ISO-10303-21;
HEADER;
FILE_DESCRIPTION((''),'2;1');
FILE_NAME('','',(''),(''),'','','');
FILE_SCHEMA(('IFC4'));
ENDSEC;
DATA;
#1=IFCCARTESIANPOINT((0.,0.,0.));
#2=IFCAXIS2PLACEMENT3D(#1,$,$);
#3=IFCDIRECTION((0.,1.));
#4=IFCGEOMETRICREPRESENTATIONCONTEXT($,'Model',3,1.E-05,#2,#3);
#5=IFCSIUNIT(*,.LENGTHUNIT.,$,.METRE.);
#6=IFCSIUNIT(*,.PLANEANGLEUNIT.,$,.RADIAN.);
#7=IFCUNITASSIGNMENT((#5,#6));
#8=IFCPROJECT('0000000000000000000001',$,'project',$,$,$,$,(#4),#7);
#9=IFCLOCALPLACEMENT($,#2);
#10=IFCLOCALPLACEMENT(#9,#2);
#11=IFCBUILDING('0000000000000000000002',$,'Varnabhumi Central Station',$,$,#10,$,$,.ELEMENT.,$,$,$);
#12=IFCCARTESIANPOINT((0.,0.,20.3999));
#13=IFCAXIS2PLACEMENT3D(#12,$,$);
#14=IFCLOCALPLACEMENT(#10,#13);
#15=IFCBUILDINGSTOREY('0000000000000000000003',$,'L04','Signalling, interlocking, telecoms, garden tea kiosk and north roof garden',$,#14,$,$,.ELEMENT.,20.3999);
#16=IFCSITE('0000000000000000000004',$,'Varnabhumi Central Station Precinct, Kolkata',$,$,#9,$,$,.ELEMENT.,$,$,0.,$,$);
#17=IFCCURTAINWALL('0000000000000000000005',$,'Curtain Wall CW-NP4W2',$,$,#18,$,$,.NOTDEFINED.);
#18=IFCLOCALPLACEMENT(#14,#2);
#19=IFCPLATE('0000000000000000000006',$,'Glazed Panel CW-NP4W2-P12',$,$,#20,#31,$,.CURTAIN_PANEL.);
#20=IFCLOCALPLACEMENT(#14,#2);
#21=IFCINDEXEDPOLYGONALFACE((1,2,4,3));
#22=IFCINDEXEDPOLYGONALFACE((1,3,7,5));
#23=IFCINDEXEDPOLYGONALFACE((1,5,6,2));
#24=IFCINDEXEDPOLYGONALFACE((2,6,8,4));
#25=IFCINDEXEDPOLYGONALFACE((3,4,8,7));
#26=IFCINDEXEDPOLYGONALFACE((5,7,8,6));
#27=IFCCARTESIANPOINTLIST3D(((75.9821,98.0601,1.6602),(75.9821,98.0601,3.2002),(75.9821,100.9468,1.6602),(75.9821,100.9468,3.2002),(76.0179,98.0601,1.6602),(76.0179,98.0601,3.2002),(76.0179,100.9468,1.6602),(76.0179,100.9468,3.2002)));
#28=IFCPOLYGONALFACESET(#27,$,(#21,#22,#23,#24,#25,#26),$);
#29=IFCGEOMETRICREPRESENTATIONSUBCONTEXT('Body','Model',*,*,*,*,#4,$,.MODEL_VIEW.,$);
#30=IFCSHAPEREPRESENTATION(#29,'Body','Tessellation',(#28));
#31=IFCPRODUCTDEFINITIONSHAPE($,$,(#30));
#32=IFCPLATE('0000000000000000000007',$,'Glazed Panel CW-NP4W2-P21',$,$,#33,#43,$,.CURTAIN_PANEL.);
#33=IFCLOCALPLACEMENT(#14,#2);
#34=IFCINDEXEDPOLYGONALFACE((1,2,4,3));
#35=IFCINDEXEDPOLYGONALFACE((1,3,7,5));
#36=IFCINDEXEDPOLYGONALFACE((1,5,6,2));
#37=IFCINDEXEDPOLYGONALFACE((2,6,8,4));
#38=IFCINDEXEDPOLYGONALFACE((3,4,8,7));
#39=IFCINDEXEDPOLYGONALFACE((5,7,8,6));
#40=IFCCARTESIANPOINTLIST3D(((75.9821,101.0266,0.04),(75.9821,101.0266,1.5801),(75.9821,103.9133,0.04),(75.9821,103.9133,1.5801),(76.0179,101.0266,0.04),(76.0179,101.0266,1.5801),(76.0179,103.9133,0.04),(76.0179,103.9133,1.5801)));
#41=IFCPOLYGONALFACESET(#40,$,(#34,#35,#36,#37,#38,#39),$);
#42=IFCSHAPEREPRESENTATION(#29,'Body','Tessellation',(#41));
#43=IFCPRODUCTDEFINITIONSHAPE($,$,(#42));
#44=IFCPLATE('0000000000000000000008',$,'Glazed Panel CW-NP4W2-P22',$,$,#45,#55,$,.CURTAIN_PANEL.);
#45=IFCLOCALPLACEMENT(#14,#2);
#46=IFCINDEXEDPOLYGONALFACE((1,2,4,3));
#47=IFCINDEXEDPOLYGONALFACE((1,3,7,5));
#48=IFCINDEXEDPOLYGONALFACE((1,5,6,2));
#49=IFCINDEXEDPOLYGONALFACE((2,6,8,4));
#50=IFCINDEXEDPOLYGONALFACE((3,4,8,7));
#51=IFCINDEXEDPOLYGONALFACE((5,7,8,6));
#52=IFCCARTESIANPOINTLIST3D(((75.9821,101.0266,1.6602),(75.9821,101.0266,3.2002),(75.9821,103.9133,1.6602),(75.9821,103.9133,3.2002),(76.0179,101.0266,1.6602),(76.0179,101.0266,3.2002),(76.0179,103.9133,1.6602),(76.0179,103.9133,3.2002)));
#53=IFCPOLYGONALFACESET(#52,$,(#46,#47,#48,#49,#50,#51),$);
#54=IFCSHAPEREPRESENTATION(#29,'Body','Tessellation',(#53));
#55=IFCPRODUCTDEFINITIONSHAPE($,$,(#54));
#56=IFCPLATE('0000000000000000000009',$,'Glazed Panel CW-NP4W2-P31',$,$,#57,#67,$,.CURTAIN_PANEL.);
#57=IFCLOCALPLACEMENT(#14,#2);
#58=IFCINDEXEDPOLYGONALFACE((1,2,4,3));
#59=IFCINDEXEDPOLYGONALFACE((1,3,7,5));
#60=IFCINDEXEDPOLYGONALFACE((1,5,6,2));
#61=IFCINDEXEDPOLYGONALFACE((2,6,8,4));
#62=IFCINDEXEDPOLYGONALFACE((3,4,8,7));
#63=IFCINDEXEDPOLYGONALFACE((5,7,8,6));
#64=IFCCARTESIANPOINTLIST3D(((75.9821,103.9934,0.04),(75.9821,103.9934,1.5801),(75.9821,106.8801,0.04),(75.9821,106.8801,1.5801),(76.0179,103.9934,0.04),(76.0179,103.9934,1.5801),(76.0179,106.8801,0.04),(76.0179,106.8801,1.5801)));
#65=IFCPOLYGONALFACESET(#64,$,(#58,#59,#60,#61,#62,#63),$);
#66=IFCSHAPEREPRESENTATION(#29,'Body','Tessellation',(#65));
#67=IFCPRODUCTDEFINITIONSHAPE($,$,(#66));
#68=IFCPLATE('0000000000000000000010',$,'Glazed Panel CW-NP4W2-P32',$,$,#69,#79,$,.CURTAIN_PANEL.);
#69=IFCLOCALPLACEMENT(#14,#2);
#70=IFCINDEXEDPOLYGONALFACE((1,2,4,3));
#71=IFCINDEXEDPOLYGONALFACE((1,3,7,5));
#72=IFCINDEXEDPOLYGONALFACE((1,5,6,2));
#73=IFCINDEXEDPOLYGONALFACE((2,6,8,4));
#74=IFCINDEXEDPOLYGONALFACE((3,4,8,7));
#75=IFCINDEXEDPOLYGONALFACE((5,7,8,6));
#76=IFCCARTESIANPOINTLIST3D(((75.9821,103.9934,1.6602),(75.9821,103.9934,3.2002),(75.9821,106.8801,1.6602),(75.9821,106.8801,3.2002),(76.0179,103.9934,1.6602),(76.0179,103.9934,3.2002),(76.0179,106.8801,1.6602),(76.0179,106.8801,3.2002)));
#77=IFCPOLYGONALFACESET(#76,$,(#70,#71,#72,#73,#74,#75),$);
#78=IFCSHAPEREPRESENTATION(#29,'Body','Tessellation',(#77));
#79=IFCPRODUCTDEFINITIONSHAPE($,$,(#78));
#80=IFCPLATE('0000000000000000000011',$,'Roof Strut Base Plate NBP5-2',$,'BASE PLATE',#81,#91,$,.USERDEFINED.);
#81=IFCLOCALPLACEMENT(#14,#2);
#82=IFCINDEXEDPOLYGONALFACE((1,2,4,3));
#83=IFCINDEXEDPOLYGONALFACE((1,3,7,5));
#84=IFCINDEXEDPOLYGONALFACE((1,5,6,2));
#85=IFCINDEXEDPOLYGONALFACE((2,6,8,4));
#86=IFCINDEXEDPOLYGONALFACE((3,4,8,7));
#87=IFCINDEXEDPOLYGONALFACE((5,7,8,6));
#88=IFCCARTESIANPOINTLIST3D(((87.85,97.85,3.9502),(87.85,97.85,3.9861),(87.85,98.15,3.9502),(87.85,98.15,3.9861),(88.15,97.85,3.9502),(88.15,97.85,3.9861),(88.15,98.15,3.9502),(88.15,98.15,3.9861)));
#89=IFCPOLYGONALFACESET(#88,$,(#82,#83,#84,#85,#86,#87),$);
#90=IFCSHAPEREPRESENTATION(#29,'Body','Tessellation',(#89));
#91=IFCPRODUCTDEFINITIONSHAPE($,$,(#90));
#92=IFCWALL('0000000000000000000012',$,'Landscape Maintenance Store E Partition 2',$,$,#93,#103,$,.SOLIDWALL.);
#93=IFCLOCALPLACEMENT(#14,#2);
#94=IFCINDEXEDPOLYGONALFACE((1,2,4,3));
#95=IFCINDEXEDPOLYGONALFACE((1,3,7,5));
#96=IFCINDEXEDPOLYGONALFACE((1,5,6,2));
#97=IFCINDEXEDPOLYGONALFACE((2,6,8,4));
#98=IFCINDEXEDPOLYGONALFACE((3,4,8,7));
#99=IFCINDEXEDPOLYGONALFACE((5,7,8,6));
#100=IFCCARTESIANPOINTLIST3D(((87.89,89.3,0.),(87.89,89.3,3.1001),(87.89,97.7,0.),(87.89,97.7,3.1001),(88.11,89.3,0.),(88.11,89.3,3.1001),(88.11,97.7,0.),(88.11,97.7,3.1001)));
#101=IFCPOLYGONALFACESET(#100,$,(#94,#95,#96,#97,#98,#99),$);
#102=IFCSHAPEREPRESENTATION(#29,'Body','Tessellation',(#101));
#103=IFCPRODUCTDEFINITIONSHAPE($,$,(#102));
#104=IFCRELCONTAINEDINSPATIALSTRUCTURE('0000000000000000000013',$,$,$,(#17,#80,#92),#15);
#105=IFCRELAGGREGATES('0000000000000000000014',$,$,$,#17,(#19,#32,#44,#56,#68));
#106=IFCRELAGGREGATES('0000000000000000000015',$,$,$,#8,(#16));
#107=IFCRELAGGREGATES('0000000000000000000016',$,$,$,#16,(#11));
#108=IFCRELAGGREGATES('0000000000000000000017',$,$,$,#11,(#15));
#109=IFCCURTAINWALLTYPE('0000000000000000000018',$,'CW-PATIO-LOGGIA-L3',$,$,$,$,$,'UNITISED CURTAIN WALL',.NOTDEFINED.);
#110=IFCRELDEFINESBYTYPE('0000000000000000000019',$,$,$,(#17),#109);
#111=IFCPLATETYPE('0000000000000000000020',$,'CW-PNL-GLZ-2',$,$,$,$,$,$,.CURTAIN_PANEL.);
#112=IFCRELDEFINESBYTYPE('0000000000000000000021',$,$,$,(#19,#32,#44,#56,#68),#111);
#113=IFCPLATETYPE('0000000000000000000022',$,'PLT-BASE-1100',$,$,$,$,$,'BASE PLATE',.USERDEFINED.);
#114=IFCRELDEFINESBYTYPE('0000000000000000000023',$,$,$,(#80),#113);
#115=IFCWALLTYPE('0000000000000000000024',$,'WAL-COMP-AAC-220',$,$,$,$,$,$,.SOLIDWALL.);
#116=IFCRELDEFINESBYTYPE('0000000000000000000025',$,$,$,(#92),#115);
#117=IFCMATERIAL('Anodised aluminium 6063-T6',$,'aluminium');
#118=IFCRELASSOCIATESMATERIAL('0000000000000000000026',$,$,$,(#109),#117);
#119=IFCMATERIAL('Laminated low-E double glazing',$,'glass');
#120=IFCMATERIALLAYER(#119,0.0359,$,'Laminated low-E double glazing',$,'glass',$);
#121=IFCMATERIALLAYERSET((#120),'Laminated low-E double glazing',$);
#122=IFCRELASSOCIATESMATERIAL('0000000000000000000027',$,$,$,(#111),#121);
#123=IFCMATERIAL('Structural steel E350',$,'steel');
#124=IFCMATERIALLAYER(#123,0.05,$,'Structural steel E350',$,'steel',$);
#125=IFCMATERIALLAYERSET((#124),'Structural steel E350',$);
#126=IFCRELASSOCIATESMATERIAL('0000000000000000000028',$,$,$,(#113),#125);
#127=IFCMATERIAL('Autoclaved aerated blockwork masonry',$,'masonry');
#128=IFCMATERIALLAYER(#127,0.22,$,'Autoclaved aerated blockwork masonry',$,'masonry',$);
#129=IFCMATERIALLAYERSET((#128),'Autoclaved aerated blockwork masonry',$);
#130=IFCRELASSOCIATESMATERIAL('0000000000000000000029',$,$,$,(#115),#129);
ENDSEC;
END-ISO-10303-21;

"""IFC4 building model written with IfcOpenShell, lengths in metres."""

from ifc_helpers import new_model, si_unit, direction, frame, frame_2d, origin, origin_2d, place, context, subcontext, project, spatial, rectangle, extrude, material, layer, layer_set, type_object, element, aggregate, save


model = new_model("IFC4")

# Units and contexts
model_context = context("Model", 3, precision=1e-05, world=origin(), true_north=direction((0.0, 1.0)))
body_context = subcontext(model_context, "Body", "Model", "MODEL_VIEW")
ifc_project = project(units=[si_unit("LENGTHUNIT", "METRE"), si_unit("PLANEANGLEUNIT", "RADIAN")], contexts=[model_context])

# Site, building, storey
site_placement = place(None, origin())
site = spatial("IfcSite", under=ifc_project, at=site_placement, Name="Varnabhumi Central Station Precinct, Kolkata", CompositionType="ELEMENT", RefElevation=0.0)
building_placement = place(site_placement, origin())
building = spatial("IfcBuilding", under=site, at=building_placement, Name="Varnabhumi Central Station", CompositionType="ELEMENT")
storey_placement = place(building_placement, frame((0.0, 0.0, 20.3999)))
storey = spatial("IfcBuildingStorey", under=building, at=storey_placement, Name="L04", Description="Signalling, interlocking, telecoms, garden tea kiosk and north roof garden", CompositionType="ELEMENT", Elevation=20.3999)

# Shared definitions
ifc_material_1 = material(Name="Structural steel E350", Category="steel")

# Curtain wall
ifc_material_2 = material(Name="Anodised aluminium 6063-T6", Category="aluminium")
curtain_wall_type = type_object("IfcCurtainWallType", Name="CW-PATIO-LOGGIA-L3", ElementType="UNITISED CURTAIN WALL", PredefinedType="NOTDEFINED", material=ifc_material_2)
curtain_wall_1_placement = place(storey_placement, origin())
curtain_wall_1 = element("IfcCurtainWall", 1, at=curtain_wall_1_placement, inside=storey, type_object=curtain_wall_type, Name="Curtain Wall CW-NP4W2", PredefinedType="NOTDEFINED")

# Plates
ifc_material_3 = material(Name="Laminated low-E double glazing", Category="glass")
ifc_layer_1 = layer(ifc_material_3, 0.0359, Name="Laminated low-E double glazing", Category="glass")
ifc_layer_set_1 = layer_set([ifc_layer_1], Name="Laminated low-E double glazing")
plate_type_1 = type_object("IfcPlateType", Name="CW-PNL-GLZ-2", PredefinedType="CURTAIN_PANEL", material=ifc_layer_set_1)
plate_1_placement = place(storey_placement, frame((76.0, 99.5034, 1.6602), z_axis=(0.0, 0.0, 1.0), x_axis=(0.0, 1.0, 0.0)))
plate_1 = element("IfcPlate", 2, at=plate_1_placement, type_object=plate_type_1, Name="Glazed Panel CW-NP4W2-P12", PredefinedType="CURTAIN_PANEL", context=body_context, shape_type="SweptSolid", body=[
    extrude(rectangle(XDim=2.8867, YDim=0.0359, at=origin_2d()), origin(), (0.0, 0.0, 1.0), 1.54),
])
plate_2_placement = place(storey_placement, frame((76.0, 102.47, 0.04), z_axis=(0.0, 0.0, 1.0), x_axis=(0.0, 1.0, 0.0)))
plate_2 = element("IfcPlate", 3, at=plate_2_placement, type_object=plate_type_1, Name="Glazed Panel CW-NP4W2-P21", PredefinedType="CURTAIN_PANEL", context=body_context, shape_type="SweptSolid", body=[
    extrude(rectangle(XDim=2.8867, YDim=0.0359, at=origin_2d()), origin(), (0.0, 0.0, 1.0), 1.54),
])
plate_3_placement = place(storey_placement, frame((76.0, 102.47, 1.6602), z_axis=(0.0, 0.0, 1.0), x_axis=(0.0, 1.0, 0.0)))
plate_3 = element("IfcPlate", 4, at=plate_3_placement, type_object=plate_type_1, Name="Glazed Panel CW-NP4W2-P22", PredefinedType="CURTAIN_PANEL", context=body_context, shape_type="SweptSolid", body=[
    extrude(rectangle(XDim=2.8867, YDim=0.0359, at=origin_2d()), origin(), (0.0, 0.0, 1.0), 1.54),
])
plate_4_placement = place(storey_placement, frame((76.0, 105.4368, 0.04), z_axis=(0.0, 0.0, 1.0), x_axis=(0.0, 1.0, 0.0)))
plate_4 = element("IfcPlate", 5, at=plate_4_placement, type_object=plate_type_1, Name="Glazed Panel CW-NP4W2-P31", PredefinedType="CURTAIN_PANEL", context=body_context, shape_type="SweptSolid", body=[
    extrude(rectangle(XDim=2.8867, YDim=0.0359, at=origin_2d()), origin(), (0.0, 0.0, 1.0), 1.54),
])
plate_5_placement = place(storey_placement, frame((76.0, 105.4368, 1.6602), z_axis=(0.0, 0.0, 1.0), x_axis=(0.0, 1.0, 0.0)))
plate_5 = element("IfcPlate", 6, at=plate_5_placement, type_object=plate_type_1, Name="Glazed Panel CW-NP4W2-P32", PredefinedType="CURTAIN_PANEL", context=body_context, shape_type="SweptSolid", body=[
    extrude(rectangle(XDim=2.8867, YDim=0.0359, at=origin_2d()), origin(), (0.0, 0.0, 1.0), 1.54),
])
aggregate(curtain_wall_1, [plate_1, plate_2, plate_3, plate_4, plate_5])
ifc_layer_2 = layer(ifc_material_1, 0.05, Name="Structural steel E350", Category="steel")
ifc_layer_set_2 = layer_set([ifc_layer_2], Name="Structural steel E350")
plate_type_2 = type_object("IfcPlateType", Name="PLT-BASE-1100", ElementType="BASE PLATE", PredefinedType="USERDEFINED", material=ifc_layer_set_2)
plate_6_placement = place(storey_placement, frame((88.0, 98.0, 3.9502), z_axis=(0.0, 0.0, 1.0), x_axis=(1.0, 0.0, 0.0)))
element("IfcPlate", 7, at=plate_6_placement, inside=storey, type_object=plate_type_2, Name="Roof Strut Base Plate NBP5-2", ObjectType="BASE PLATE", PredefinedType="USERDEFINED", context=body_context, shape_type="SweptSolid", body=[
    extrude(rectangle(XDim=0.3, YDim=0.3, at=origin_2d()), origin(), (0.0, 0.0, 1.0), 0.0359),
])

# Wall
ifc_material_4 = material(Name="Autoclaved aerated blockwork masonry", Category="masonry")
ifc_layer_3 = layer(ifc_material_4, 0.22, Name="Autoclaved aerated blockwork masonry", Category="masonry")
ifc_layer_set_3 = layer_set([ifc_layer_3], Name="Autoclaved aerated blockwork masonry")
wall_type = type_object("IfcWallType", Name="WAL-COMP-AAC-220", PredefinedType="SOLIDWALL", material=ifc_layer_set_3)
wall_placement = place(storey_placement, frame((88.0, 89.3, 0.0), z_axis=(0.0, 0.0, 1.0), x_axis=(0.0, 1.0, 0.0)))
element("IfcWall", 8, at=wall_placement, inside=storey, type_object=wall_type, Name="Landscape Maintenance Store E Partition 2", PredefinedType="SOLIDWALL", context=body_context, shape_type="SweptSolid", body=[
    extrude(rectangle(XDim=8.3999, YDim=0.22, at=frame_2d((4.2, 0.0))), origin(), (0.0, 0.0, 1.0), 3.1001),
])

save(model, "model.ifc")
